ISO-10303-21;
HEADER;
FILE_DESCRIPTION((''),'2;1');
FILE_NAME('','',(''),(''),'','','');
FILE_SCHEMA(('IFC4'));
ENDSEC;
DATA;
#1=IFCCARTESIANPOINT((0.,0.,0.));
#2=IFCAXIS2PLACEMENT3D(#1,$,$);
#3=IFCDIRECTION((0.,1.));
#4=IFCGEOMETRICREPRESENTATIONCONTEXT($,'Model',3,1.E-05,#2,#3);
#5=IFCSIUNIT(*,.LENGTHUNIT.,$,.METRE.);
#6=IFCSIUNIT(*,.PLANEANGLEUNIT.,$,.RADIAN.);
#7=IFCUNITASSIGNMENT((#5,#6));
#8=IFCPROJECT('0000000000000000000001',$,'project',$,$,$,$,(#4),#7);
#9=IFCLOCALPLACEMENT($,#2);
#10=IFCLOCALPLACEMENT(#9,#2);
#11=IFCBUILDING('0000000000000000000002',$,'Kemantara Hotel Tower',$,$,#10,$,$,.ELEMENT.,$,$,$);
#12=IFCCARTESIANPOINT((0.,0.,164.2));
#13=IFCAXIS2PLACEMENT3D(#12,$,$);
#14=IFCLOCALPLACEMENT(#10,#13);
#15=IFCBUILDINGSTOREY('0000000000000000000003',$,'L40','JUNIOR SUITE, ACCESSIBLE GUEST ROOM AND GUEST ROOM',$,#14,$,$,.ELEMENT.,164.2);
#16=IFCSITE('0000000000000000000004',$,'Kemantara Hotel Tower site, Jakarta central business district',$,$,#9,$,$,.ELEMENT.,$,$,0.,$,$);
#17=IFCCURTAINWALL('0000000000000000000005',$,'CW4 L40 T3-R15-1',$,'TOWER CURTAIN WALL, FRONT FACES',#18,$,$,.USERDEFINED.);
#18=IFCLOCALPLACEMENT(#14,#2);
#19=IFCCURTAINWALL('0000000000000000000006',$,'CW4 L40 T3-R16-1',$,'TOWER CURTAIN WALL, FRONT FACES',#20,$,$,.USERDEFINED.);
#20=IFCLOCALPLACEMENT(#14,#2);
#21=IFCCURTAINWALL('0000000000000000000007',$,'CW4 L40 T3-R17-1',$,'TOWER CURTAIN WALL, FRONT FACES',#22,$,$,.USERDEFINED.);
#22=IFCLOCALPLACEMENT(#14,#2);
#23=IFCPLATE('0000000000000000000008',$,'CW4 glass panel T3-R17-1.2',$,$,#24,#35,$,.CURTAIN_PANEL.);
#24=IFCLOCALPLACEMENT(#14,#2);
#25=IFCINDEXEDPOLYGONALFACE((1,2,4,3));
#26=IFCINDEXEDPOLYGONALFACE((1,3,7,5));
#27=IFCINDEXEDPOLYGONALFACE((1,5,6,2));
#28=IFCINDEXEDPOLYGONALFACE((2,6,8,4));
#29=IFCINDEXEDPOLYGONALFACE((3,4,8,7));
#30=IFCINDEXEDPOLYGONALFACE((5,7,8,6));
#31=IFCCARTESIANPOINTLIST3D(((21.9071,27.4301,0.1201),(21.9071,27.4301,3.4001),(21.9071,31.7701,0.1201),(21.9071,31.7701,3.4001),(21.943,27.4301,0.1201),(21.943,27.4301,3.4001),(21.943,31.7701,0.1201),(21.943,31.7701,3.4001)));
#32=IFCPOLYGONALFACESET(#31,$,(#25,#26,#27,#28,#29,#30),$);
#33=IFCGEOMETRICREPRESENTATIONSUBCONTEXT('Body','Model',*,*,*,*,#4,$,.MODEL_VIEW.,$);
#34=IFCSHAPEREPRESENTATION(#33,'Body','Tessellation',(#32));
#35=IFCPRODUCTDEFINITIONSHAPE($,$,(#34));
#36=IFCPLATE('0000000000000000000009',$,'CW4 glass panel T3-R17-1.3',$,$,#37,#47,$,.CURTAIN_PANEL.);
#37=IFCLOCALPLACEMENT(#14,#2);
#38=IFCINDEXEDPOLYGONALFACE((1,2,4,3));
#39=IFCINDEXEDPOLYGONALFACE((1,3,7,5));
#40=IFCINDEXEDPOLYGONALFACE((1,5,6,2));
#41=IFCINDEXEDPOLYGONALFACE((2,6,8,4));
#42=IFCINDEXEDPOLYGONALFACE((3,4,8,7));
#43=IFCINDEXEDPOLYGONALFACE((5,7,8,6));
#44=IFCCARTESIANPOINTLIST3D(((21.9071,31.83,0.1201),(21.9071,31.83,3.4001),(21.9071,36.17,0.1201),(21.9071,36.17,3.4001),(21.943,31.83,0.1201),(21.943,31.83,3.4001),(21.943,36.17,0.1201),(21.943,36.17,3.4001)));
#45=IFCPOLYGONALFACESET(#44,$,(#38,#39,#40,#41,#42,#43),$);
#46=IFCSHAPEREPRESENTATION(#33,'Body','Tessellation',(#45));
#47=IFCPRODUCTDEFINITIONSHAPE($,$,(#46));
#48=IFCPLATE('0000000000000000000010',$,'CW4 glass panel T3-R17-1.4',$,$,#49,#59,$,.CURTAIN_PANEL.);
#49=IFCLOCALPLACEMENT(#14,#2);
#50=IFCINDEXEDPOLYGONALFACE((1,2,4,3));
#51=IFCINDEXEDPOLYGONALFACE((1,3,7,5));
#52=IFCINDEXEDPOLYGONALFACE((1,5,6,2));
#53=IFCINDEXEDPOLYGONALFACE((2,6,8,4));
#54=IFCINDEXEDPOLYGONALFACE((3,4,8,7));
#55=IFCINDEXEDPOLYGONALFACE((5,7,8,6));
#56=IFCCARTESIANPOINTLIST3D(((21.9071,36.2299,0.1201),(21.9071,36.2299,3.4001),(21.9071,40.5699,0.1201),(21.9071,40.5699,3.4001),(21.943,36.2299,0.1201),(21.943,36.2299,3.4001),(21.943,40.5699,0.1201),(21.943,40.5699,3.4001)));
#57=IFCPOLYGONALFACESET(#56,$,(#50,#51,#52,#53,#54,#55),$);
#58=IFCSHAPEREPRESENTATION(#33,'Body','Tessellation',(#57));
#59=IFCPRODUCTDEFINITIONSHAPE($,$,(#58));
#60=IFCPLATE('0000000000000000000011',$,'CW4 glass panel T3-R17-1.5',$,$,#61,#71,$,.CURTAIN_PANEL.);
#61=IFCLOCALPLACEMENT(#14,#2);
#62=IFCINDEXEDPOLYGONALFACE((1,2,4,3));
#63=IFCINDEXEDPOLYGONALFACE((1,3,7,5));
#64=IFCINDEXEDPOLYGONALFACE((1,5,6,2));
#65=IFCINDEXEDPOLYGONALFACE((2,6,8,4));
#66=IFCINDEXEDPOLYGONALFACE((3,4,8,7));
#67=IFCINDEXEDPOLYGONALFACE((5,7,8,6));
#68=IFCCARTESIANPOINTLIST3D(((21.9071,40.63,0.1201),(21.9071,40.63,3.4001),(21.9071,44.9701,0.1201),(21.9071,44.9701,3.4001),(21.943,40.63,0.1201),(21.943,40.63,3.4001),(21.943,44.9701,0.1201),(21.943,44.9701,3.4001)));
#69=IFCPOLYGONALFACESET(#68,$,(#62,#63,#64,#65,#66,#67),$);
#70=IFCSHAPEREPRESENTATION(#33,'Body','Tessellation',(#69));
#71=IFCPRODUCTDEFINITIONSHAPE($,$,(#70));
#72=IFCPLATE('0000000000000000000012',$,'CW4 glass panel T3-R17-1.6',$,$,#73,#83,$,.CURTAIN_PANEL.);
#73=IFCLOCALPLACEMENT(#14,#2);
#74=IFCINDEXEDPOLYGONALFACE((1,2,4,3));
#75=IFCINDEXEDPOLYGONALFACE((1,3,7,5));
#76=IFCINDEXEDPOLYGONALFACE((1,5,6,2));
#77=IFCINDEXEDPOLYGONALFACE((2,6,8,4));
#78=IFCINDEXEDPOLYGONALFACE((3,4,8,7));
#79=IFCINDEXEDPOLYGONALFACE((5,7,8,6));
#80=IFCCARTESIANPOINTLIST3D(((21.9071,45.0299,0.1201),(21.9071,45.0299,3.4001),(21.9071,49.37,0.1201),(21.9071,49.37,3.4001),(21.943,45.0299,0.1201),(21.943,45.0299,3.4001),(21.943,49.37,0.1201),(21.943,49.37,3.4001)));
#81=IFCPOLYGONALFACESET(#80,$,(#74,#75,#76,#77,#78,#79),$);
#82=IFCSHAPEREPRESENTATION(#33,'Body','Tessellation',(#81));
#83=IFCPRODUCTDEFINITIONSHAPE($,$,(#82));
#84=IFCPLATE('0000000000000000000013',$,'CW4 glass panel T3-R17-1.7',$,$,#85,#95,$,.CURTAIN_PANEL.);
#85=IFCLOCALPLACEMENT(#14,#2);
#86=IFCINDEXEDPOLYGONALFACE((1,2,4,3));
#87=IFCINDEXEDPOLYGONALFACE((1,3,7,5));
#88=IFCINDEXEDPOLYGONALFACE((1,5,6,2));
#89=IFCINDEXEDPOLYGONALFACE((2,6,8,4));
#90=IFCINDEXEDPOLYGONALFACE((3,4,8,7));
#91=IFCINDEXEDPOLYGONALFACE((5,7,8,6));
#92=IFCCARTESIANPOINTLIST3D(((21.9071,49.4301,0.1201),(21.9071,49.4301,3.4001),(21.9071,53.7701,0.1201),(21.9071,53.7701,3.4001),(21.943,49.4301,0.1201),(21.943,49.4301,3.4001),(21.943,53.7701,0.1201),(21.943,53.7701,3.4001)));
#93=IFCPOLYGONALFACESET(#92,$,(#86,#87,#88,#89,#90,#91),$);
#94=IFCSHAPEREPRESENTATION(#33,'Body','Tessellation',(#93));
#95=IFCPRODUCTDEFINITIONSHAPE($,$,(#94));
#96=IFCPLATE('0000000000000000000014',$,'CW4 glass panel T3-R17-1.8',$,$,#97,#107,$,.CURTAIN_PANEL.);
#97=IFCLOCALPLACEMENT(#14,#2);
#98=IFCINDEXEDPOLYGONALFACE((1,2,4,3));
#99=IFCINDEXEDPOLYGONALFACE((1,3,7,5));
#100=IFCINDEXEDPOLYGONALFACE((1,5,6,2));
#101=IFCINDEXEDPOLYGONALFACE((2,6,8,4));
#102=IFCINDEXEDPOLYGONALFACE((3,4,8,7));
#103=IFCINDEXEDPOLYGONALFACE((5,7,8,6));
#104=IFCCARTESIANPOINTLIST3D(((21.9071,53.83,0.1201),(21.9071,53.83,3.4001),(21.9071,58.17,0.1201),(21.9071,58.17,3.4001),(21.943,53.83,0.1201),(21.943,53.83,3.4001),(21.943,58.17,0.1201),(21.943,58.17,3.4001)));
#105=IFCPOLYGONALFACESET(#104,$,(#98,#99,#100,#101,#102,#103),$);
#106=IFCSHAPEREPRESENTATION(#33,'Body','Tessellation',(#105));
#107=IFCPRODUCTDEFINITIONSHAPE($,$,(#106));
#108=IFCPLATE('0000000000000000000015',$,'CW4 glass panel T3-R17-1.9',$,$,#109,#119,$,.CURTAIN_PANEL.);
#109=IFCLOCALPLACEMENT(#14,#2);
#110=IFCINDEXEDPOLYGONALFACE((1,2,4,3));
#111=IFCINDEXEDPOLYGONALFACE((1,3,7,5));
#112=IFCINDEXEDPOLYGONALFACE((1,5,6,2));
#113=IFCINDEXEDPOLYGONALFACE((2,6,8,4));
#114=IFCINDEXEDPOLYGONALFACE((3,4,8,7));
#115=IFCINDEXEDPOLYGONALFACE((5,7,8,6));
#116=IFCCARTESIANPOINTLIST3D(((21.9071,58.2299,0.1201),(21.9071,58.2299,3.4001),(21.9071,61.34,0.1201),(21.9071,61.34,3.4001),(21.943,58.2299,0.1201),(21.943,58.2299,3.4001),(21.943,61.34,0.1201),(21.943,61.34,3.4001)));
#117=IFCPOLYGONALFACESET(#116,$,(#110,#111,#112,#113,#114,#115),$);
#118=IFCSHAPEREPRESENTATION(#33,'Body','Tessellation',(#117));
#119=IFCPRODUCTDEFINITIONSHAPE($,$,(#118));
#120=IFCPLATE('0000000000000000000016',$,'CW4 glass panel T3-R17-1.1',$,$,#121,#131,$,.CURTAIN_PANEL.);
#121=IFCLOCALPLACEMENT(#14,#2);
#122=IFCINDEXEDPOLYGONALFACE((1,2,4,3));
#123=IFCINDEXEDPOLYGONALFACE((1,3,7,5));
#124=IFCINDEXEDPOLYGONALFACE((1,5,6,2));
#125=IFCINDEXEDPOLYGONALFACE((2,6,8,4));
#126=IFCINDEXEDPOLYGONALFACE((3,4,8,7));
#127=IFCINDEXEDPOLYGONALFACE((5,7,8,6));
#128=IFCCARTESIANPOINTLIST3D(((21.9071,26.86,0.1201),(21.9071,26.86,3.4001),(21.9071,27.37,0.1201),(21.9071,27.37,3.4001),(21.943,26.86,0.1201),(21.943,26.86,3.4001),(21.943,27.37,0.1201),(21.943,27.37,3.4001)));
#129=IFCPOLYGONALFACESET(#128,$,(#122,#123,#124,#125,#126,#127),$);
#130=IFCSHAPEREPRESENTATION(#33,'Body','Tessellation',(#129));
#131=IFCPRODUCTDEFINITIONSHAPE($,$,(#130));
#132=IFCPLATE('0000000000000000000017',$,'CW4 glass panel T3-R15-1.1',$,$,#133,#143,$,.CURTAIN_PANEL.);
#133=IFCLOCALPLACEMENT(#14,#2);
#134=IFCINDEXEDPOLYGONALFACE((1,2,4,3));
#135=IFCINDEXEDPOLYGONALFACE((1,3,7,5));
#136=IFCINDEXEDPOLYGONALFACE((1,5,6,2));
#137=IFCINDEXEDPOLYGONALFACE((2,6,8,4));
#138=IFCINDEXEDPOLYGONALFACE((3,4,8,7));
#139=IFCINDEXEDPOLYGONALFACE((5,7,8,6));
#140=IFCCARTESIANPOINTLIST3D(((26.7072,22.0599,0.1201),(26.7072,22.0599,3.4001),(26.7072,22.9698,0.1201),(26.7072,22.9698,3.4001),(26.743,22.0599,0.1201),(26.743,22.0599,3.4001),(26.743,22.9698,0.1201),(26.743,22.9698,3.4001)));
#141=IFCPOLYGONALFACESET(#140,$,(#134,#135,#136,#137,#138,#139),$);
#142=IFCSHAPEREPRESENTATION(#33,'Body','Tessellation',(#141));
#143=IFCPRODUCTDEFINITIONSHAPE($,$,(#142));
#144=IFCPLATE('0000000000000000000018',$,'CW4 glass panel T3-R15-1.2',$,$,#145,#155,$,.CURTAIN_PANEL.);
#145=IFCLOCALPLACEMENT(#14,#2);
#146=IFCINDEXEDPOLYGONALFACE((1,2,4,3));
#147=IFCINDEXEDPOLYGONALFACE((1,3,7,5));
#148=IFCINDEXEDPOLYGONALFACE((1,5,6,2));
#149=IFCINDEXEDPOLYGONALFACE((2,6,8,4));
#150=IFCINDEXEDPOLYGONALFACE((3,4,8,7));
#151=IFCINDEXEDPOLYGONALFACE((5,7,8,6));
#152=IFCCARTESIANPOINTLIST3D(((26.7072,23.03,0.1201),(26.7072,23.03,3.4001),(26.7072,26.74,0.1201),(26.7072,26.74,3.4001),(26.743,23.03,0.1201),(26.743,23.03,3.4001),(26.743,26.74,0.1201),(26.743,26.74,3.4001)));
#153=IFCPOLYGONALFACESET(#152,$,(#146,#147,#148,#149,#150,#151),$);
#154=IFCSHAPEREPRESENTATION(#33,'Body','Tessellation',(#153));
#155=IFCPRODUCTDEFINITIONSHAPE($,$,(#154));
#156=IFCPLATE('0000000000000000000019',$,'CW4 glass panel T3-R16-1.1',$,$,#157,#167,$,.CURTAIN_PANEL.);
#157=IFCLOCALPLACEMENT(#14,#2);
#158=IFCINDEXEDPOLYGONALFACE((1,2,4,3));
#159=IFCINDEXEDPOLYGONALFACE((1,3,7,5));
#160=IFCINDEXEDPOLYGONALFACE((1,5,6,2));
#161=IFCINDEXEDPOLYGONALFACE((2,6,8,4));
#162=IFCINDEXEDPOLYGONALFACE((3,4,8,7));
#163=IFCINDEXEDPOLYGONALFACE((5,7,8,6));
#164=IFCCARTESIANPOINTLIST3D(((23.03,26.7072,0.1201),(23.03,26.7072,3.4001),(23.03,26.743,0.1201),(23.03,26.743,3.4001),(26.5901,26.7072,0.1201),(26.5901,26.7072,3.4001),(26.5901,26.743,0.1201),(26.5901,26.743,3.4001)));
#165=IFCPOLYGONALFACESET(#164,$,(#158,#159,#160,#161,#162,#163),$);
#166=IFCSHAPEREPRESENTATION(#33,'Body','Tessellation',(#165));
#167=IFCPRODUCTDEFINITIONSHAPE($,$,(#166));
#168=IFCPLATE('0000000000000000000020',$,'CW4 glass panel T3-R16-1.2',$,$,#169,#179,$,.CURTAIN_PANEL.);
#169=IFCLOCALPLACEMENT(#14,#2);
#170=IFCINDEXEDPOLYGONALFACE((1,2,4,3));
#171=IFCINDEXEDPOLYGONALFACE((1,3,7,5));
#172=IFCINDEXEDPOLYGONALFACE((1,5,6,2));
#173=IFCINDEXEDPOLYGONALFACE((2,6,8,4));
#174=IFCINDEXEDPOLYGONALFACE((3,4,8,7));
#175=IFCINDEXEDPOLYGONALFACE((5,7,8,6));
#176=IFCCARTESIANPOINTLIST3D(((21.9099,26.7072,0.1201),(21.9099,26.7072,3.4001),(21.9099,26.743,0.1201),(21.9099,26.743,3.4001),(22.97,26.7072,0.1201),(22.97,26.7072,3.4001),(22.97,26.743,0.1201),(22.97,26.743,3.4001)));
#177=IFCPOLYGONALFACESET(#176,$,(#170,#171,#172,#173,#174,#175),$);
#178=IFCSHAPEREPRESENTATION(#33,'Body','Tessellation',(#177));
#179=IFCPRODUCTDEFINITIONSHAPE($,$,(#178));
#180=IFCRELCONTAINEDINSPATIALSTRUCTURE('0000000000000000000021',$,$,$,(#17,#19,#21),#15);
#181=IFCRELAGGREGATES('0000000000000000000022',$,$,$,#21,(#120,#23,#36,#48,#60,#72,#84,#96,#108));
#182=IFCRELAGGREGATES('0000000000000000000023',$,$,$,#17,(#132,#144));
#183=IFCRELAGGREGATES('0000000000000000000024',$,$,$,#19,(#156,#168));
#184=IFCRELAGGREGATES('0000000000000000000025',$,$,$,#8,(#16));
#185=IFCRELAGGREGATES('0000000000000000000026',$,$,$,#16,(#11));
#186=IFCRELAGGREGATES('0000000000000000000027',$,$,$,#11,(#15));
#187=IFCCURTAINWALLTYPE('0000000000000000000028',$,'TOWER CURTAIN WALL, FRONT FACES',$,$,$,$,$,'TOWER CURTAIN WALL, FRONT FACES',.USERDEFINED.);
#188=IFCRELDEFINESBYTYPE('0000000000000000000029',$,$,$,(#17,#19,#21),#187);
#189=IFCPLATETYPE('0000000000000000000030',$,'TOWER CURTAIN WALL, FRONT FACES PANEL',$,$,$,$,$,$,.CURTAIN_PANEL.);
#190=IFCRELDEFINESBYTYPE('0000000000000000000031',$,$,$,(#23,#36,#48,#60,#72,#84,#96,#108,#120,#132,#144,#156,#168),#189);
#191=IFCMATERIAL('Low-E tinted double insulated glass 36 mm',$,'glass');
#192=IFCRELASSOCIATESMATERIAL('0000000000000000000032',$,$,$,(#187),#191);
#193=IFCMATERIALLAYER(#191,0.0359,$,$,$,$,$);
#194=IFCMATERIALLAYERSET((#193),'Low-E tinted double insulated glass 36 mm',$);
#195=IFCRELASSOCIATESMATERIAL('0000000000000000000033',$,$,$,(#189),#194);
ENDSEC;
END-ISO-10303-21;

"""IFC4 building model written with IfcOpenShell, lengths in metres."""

from ifc_helpers import new_model, si_unit, direction, frame, origin, origin_2d, place, context, subcontext, project, spatial, rectangle, extrude, source, transform, mapped, material, layer, layer_set, type_object, element, aggregate, save


model = new_model("IFC4")

# Units and contexts
model_context = context("Model", 3, precision=1e-05, world=origin(), true_north=direction((0.0, 1.0)))
body_context = subcontext(model_context, "Body", "Model", "MODEL_VIEW")
ifc_project = project(units=[si_unit("LENGTHUNIT", "METRE"), si_unit("PLANEANGLEUNIT", "RADIAN")], contexts=[model_context])

# Site, building, storey
site_placement = place(None, origin())
site = spatial("IfcSite", under=ifc_project, at=site_placement, Name="Kemantara Hotel Tower site, Jakarta central business district", CompositionType="ELEMENT", RefElevation=0.0)
building_placement = place(site_placement, origin())
building = spatial("IfcBuilding", under=site, at=building_placement, Name="Kemantara Hotel Tower", CompositionType="ELEMENT")
storey_placement = place(building_placement, frame((0.0, 0.0, 164.2)))
storey = spatial("IfcBuildingStorey", under=building, at=storey_placement, Name="L40", Description="JUNIOR SUITE, ACCESSIBLE GUEST ROOM AND GUEST ROOM", CompositionType="ELEMENT", Elevation=164.2)

# Curtain walls
ifc_material_1 = material(Name="Low-E tinted double insulated glass 36 mm", Category="glass")
curtain_wall_type = type_object("IfcCurtainWallType", Name="TOWER CURTAIN WALL, FRONT FACES", ElementType="TOWER CURTAIN WALL, FRONT FACES", PredefinedType="USERDEFINED", material=ifc_material_1)
curtain_wall_1_placement = place(storey_placement, origin())
curtain_wall_1 = element("IfcCurtainWall", 1, at=curtain_wall_1_placement, inside=storey, type_object=curtain_wall_type, Name="CW4 L40 T3-R15-1", ObjectType="TOWER CURTAIN WALL, FRONT FACES", PredefinedType="USERDEFINED")
curtain_wall_2_placement = place(storey_placement, origin())
curtain_wall_2 = element("IfcCurtainWall", 2, at=curtain_wall_2_placement, inside=storey, type_object=curtain_wall_type, Name="CW4 L40 T3-R16-1", ObjectType="TOWER CURTAIN WALL, FRONT FACES", PredefinedType="USERDEFINED")

# Curtain wall
curtain_wall_3_placement = place(storey_placement, origin())
curtain_wall_3 = element("IfcCurtainWall", 3, at=curtain_wall_3_placement, inside=storey, type_object=curtain_wall_type, Name="CW4 L40 T3-R17-1", ObjectType="TOWER CURTAIN WALL, FRONT FACES", PredefinedType="USERDEFINED")

# Plates
ifc_layer_1 = layer(ifc_material_1, 0.0359)
ifc_layer_set_1 = layer_set([ifc_layer_1], Name="Low-E tinted double insulated glass 36 mm")
plate_type = type_object("IfcPlateType", Name="TOWER CURTAIN WALL, FRONT FACES PANEL", PredefinedType="CURTAIN_PANEL", material=ifc_layer_set_1)
shared_shape_1 = source(origin(), body_context, "Body", "SweptSolid", [
    extrude(rectangle(XDim=4.3401, YDim=0.0359, at=origin_2d()), origin(), (0.0, 0.0, 1.0), 3.28),
])
plate_1_placement = place(storey_placement, frame((21.925, 29.6001, 0.1201), z_axis=(0.0, 0.0, 1.0), x_axis=(0.0, 1.0, 0.0)))
plate_1 = element("IfcPlate", 4, at=plate_1_placement, type_object=plate_type, Name="CW4 glass panel T3-R17-1.2", PredefinedType="CURTAIN_PANEL", context=body_context, shape_type="MappedRepresentation", body=[
    mapped(shared_shape_1, transform((0.0, 0.0, 0.0))),
])
plate_2_placement = place(storey_placement, frame((21.925, 34.0, 0.1201), z_axis=(0.0, 0.0, 1.0), x_axis=(0.0, 1.0, 0.0)))
plate_2 = element("IfcPlate", 5, at=plate_2_placement, type_object=plate_type, Name="CW4 glass panel T3-R17-1.3", PredefinedType="CURTAIN_PANEL", context=body_context, shape_type="MappedRepresentation", body=[
    mapped(shared_shape_1, transform((0.0, 0.0, 0.0))),
])
plate_3_placement = place(storey_placement, frame((21.925, 38.3999, 0.1201), z_axis=(0.0, 0.0, 1.0), x_axis=(0.0, 1.0, 0.0)))
plate_3 = element("IfcPlate", 6, at=plate_3_placement, type_object=plate_type, Name="CW4 glass panel T3-R17-1.4", PredefinedType="CURTAIN_PANEL", context=body_context, shape_type="MappedRepresentation", body=[
    mapped(shared_shape_1, transform((0.0, 0.0, 0.0))),
])
plate_4_placement = place(storey_placement, frame((21.925, 42.8, 0.1201), z_axis=(0.0, 0.0, 1.0), x_axis=(0.0, 1.0, 0.0)))
plate_4 = element("IfcPlate", 7, at=plate_4_placement, type_object=plate_type, Name="CW4 glass panel T3-R17-1.5", PredefinedType="CURTAIN_PANEL", context=body_context, shape_type="MappedRepresentation", body=[
    mapped(shared_shape_1, transform((0.0, 0.0, 0.0))),
])
plate_5_placement = place(storey_placement, frame((21.925, 47.2, 0.1201), z_axis=(0.0, 0.0, 1.0), x_axis=(0.0, 1.0, 0.0)))
plate_5 = element("IfcPlate", 8, at=plate_5_placement, type_object=plate_type, Name="CW4 glass panel T3-R17-1.6", PredefinedType="CURTAIN_PANEL", context=body_context, shape_type="MappedRepresentation", body=[
    mapped(shared_shape_1, transform((0.0, 0.0, 0.0))),
])
plate_6_placement = place(storey_placement, frame((21.925, 51.6001, 0.1201), z_axis=(0.0, 0.0, 1.0), x_axis=(0.0, 1.0, 0.0)))
plate_6 = element("IfcPlate", 9, at=plate_6_placement, type_object=plate_type, Name="CW4 glass panel T3-R17-1.7", PredefinedType="CURTAIN_PANEL", context=body_context, shape_type="MappedRepresentation", body=[
    mapped(shared_shape_1, transform((0.0, 0.0, 0.0))),
])
plate_7_placement = place(storey_placement, frame((21.925, 56.0, 0.1201), z_axis=(0.0, 0.0, 1.0), x_axis=(0.0, 1.0, 0.0)))
plate_7 = element("IfcPlate", 10, at=plate_7_placement, type_object=plate_type, Name="CW4 glass panel T3-R17-1.8", PredefinedType="CURTAIN_PANEL", context=body_context, shape_type="MappedRepresentation", body=[
    mapped(shared_shape_1, transform((0.0, 0.0, 0.0))),
])
shared_shape_2 = source(origin(), body_context, "Body", "SweptSolid", [
    extrude(rectangle(XDim=3.1101, YDim=0.0359, at=origin_2d()), origin(), (0.0, 0.0, 1.0), 3.28),
])
plate_8_placement = place(storey_placement, frame((21.925, 59.7849, 0.1201), z_axis=(0.0, 0.0, 1.0), x_axis=(0.0, 1.0, 0.0)))
plate_8 = element("IfcPlate", 11, at=plate_8_placement, type_object=plate_type, Name="CW4 glass panel T3-R17-1.9", PredefinedType="CURTAIN_PANEL", context=body_context, shape_type="MappedRepresentation", body=[
    mapped(shared_shape_2, transform((0.0, 0.0, 0.0))),
])
shared_shape_3 = source(origin(), body_context, "Body", "SweptSolid", [
    extrude(rectangle(XDim=0.51, YDim=0.0359, at=origin_2d()), origin(), (0.0, 0.0, 1.0), 3.28),
])
plate_9_placement = place(storey_placement, frame((21.925, 27.115, 0.1201), z_axis=(0.0, 0.0, 1.0), x_axis=(0.0, 1.0, 0.0)))
plate_9 = element("IfcPlate", 12, at=plate_9_placement, type_object=plate_type, Name="CW4 glass panel T3-R17-1.1", PredefinedType="CURTAIN_PANEL", context=body_context, shape_type="MappedRepresentation", body=[
    mapped(shared_shape_3, transform((0.0, 0.0, 0.0))),
])
aggregate(curtain_wall_3, [plate_9, plate_1, plate_2, plate_3, plate_4, plate_5, plate_6, plate_7, plate_8])
shared_shape_4 = source(origin(), body_context, "Body", "SweptSolid", [
    extrude(rectangle(XDim=0.9099, YDim=0.0359, at=origin_2d()), origin(), (0.0, 0.0, 1.0), 3.28),
])
plate_10_placement = place(storey_placement, frame((26.7251, 22.5149, 0.1201), z_axis=(0.0, 0.0, 1.0), x_axis=(0.0, 1.0, 0.0)))
plate_10 = element("IfcPlate", 13, at=plate_10_placement, type_object=plate_type, Name="CW4 glass panel T3-R15-1.1", PredefinedType="CURTAIN_PANEL", context=body_context, shape_type="MappedRepresentation", body=[
    mapped(shared_shape_4, transform((0.0, 0.0, 0.0))),
])
shared_shape_5 = source(origin(), body_context, "Body", "SweptSolid", [
    extrude(rectangle(XDim=3.71, YDim=0.0359, at=origin_2d()), origin(), (0.0, 0.0, 1.0), 3.28),
])
plate_11_placement = place(storey_placement, frame((26.7251, 24.885, 0.1201), z_axis=(0.0, 0.0, 1.0), x_axis=(0.0, 1.0, 0.0)))
plate_11 = element("IfcPlate", 14, at=plate_11_placement, type_object=plate_type, Name="CW4 glass panel T3-R15-1.2", PredefinedType="CURTAIN_PANEL", context=body_context, shape_type="MappedRepresentation", body=[
    mapped(shared_shape_5, transform((0.0, 0.0, 0.0))),
])
aggregate(curtain_wall_1, [plate_10, plate_11])
shared_shape_6 = source(origin(), body_context, "Body", "SweptSolid", [
    extrude(rectangle(XDim=3.5601, YDim=0.0359, at=origin_2d()), origin(), (0.0, 0.0, 1.0), 3.28),
])
plate_12_placement = place(storey_placement, frame((24.8101, 26.7251, 0.1201), z_axis=(0.0, 0.0, 1.0), x_axis=(-1.0, 0.0, 0.0)))
plate_12 = element("IfcPlate", 15, at=plate_12_placement, type_object=plate_type, Name="CW4 glass panel T3-R16-1.1", PredefinedType="CURTAIN_PANEL", context=body_context, shape_type="MappedRepresentation", body=[
    mapped(shared_shape_6, transform((0.0, 0.0, 0.0))),
])
shared_shape_7 = source(origin(), body_context, "Body", "SweptSolid", [
    extrude(rectangle(XDim=1.0601, YDim=0.0359, at=origin_2d()), origin(), (0.0, 0.0, 1.0), 3.28),
])
plate_13_placement = place(storey_placement, frame((22.4399, 26.7251, 0.1201), z_axis=(0.0, 0.0, 1.0), x_axis=(-1.0, 0.0, 0.0)))
plate_13 = element("IfcPlate", 16, at=plate_13_placement, type_object=plate_type, Name="CW4 glass panel T3-R16-1.2", PredefinedType="CURTAIN_PANEL", context=body_context, shape_type="MappedRepresentation", body=[
    mapped(shared_shape_7, transform((0.0, 0.0, 0.0))),
])
aggregate(curtain_wall_2, [plate_12, plate_13])

save(model, "model.ifc")
